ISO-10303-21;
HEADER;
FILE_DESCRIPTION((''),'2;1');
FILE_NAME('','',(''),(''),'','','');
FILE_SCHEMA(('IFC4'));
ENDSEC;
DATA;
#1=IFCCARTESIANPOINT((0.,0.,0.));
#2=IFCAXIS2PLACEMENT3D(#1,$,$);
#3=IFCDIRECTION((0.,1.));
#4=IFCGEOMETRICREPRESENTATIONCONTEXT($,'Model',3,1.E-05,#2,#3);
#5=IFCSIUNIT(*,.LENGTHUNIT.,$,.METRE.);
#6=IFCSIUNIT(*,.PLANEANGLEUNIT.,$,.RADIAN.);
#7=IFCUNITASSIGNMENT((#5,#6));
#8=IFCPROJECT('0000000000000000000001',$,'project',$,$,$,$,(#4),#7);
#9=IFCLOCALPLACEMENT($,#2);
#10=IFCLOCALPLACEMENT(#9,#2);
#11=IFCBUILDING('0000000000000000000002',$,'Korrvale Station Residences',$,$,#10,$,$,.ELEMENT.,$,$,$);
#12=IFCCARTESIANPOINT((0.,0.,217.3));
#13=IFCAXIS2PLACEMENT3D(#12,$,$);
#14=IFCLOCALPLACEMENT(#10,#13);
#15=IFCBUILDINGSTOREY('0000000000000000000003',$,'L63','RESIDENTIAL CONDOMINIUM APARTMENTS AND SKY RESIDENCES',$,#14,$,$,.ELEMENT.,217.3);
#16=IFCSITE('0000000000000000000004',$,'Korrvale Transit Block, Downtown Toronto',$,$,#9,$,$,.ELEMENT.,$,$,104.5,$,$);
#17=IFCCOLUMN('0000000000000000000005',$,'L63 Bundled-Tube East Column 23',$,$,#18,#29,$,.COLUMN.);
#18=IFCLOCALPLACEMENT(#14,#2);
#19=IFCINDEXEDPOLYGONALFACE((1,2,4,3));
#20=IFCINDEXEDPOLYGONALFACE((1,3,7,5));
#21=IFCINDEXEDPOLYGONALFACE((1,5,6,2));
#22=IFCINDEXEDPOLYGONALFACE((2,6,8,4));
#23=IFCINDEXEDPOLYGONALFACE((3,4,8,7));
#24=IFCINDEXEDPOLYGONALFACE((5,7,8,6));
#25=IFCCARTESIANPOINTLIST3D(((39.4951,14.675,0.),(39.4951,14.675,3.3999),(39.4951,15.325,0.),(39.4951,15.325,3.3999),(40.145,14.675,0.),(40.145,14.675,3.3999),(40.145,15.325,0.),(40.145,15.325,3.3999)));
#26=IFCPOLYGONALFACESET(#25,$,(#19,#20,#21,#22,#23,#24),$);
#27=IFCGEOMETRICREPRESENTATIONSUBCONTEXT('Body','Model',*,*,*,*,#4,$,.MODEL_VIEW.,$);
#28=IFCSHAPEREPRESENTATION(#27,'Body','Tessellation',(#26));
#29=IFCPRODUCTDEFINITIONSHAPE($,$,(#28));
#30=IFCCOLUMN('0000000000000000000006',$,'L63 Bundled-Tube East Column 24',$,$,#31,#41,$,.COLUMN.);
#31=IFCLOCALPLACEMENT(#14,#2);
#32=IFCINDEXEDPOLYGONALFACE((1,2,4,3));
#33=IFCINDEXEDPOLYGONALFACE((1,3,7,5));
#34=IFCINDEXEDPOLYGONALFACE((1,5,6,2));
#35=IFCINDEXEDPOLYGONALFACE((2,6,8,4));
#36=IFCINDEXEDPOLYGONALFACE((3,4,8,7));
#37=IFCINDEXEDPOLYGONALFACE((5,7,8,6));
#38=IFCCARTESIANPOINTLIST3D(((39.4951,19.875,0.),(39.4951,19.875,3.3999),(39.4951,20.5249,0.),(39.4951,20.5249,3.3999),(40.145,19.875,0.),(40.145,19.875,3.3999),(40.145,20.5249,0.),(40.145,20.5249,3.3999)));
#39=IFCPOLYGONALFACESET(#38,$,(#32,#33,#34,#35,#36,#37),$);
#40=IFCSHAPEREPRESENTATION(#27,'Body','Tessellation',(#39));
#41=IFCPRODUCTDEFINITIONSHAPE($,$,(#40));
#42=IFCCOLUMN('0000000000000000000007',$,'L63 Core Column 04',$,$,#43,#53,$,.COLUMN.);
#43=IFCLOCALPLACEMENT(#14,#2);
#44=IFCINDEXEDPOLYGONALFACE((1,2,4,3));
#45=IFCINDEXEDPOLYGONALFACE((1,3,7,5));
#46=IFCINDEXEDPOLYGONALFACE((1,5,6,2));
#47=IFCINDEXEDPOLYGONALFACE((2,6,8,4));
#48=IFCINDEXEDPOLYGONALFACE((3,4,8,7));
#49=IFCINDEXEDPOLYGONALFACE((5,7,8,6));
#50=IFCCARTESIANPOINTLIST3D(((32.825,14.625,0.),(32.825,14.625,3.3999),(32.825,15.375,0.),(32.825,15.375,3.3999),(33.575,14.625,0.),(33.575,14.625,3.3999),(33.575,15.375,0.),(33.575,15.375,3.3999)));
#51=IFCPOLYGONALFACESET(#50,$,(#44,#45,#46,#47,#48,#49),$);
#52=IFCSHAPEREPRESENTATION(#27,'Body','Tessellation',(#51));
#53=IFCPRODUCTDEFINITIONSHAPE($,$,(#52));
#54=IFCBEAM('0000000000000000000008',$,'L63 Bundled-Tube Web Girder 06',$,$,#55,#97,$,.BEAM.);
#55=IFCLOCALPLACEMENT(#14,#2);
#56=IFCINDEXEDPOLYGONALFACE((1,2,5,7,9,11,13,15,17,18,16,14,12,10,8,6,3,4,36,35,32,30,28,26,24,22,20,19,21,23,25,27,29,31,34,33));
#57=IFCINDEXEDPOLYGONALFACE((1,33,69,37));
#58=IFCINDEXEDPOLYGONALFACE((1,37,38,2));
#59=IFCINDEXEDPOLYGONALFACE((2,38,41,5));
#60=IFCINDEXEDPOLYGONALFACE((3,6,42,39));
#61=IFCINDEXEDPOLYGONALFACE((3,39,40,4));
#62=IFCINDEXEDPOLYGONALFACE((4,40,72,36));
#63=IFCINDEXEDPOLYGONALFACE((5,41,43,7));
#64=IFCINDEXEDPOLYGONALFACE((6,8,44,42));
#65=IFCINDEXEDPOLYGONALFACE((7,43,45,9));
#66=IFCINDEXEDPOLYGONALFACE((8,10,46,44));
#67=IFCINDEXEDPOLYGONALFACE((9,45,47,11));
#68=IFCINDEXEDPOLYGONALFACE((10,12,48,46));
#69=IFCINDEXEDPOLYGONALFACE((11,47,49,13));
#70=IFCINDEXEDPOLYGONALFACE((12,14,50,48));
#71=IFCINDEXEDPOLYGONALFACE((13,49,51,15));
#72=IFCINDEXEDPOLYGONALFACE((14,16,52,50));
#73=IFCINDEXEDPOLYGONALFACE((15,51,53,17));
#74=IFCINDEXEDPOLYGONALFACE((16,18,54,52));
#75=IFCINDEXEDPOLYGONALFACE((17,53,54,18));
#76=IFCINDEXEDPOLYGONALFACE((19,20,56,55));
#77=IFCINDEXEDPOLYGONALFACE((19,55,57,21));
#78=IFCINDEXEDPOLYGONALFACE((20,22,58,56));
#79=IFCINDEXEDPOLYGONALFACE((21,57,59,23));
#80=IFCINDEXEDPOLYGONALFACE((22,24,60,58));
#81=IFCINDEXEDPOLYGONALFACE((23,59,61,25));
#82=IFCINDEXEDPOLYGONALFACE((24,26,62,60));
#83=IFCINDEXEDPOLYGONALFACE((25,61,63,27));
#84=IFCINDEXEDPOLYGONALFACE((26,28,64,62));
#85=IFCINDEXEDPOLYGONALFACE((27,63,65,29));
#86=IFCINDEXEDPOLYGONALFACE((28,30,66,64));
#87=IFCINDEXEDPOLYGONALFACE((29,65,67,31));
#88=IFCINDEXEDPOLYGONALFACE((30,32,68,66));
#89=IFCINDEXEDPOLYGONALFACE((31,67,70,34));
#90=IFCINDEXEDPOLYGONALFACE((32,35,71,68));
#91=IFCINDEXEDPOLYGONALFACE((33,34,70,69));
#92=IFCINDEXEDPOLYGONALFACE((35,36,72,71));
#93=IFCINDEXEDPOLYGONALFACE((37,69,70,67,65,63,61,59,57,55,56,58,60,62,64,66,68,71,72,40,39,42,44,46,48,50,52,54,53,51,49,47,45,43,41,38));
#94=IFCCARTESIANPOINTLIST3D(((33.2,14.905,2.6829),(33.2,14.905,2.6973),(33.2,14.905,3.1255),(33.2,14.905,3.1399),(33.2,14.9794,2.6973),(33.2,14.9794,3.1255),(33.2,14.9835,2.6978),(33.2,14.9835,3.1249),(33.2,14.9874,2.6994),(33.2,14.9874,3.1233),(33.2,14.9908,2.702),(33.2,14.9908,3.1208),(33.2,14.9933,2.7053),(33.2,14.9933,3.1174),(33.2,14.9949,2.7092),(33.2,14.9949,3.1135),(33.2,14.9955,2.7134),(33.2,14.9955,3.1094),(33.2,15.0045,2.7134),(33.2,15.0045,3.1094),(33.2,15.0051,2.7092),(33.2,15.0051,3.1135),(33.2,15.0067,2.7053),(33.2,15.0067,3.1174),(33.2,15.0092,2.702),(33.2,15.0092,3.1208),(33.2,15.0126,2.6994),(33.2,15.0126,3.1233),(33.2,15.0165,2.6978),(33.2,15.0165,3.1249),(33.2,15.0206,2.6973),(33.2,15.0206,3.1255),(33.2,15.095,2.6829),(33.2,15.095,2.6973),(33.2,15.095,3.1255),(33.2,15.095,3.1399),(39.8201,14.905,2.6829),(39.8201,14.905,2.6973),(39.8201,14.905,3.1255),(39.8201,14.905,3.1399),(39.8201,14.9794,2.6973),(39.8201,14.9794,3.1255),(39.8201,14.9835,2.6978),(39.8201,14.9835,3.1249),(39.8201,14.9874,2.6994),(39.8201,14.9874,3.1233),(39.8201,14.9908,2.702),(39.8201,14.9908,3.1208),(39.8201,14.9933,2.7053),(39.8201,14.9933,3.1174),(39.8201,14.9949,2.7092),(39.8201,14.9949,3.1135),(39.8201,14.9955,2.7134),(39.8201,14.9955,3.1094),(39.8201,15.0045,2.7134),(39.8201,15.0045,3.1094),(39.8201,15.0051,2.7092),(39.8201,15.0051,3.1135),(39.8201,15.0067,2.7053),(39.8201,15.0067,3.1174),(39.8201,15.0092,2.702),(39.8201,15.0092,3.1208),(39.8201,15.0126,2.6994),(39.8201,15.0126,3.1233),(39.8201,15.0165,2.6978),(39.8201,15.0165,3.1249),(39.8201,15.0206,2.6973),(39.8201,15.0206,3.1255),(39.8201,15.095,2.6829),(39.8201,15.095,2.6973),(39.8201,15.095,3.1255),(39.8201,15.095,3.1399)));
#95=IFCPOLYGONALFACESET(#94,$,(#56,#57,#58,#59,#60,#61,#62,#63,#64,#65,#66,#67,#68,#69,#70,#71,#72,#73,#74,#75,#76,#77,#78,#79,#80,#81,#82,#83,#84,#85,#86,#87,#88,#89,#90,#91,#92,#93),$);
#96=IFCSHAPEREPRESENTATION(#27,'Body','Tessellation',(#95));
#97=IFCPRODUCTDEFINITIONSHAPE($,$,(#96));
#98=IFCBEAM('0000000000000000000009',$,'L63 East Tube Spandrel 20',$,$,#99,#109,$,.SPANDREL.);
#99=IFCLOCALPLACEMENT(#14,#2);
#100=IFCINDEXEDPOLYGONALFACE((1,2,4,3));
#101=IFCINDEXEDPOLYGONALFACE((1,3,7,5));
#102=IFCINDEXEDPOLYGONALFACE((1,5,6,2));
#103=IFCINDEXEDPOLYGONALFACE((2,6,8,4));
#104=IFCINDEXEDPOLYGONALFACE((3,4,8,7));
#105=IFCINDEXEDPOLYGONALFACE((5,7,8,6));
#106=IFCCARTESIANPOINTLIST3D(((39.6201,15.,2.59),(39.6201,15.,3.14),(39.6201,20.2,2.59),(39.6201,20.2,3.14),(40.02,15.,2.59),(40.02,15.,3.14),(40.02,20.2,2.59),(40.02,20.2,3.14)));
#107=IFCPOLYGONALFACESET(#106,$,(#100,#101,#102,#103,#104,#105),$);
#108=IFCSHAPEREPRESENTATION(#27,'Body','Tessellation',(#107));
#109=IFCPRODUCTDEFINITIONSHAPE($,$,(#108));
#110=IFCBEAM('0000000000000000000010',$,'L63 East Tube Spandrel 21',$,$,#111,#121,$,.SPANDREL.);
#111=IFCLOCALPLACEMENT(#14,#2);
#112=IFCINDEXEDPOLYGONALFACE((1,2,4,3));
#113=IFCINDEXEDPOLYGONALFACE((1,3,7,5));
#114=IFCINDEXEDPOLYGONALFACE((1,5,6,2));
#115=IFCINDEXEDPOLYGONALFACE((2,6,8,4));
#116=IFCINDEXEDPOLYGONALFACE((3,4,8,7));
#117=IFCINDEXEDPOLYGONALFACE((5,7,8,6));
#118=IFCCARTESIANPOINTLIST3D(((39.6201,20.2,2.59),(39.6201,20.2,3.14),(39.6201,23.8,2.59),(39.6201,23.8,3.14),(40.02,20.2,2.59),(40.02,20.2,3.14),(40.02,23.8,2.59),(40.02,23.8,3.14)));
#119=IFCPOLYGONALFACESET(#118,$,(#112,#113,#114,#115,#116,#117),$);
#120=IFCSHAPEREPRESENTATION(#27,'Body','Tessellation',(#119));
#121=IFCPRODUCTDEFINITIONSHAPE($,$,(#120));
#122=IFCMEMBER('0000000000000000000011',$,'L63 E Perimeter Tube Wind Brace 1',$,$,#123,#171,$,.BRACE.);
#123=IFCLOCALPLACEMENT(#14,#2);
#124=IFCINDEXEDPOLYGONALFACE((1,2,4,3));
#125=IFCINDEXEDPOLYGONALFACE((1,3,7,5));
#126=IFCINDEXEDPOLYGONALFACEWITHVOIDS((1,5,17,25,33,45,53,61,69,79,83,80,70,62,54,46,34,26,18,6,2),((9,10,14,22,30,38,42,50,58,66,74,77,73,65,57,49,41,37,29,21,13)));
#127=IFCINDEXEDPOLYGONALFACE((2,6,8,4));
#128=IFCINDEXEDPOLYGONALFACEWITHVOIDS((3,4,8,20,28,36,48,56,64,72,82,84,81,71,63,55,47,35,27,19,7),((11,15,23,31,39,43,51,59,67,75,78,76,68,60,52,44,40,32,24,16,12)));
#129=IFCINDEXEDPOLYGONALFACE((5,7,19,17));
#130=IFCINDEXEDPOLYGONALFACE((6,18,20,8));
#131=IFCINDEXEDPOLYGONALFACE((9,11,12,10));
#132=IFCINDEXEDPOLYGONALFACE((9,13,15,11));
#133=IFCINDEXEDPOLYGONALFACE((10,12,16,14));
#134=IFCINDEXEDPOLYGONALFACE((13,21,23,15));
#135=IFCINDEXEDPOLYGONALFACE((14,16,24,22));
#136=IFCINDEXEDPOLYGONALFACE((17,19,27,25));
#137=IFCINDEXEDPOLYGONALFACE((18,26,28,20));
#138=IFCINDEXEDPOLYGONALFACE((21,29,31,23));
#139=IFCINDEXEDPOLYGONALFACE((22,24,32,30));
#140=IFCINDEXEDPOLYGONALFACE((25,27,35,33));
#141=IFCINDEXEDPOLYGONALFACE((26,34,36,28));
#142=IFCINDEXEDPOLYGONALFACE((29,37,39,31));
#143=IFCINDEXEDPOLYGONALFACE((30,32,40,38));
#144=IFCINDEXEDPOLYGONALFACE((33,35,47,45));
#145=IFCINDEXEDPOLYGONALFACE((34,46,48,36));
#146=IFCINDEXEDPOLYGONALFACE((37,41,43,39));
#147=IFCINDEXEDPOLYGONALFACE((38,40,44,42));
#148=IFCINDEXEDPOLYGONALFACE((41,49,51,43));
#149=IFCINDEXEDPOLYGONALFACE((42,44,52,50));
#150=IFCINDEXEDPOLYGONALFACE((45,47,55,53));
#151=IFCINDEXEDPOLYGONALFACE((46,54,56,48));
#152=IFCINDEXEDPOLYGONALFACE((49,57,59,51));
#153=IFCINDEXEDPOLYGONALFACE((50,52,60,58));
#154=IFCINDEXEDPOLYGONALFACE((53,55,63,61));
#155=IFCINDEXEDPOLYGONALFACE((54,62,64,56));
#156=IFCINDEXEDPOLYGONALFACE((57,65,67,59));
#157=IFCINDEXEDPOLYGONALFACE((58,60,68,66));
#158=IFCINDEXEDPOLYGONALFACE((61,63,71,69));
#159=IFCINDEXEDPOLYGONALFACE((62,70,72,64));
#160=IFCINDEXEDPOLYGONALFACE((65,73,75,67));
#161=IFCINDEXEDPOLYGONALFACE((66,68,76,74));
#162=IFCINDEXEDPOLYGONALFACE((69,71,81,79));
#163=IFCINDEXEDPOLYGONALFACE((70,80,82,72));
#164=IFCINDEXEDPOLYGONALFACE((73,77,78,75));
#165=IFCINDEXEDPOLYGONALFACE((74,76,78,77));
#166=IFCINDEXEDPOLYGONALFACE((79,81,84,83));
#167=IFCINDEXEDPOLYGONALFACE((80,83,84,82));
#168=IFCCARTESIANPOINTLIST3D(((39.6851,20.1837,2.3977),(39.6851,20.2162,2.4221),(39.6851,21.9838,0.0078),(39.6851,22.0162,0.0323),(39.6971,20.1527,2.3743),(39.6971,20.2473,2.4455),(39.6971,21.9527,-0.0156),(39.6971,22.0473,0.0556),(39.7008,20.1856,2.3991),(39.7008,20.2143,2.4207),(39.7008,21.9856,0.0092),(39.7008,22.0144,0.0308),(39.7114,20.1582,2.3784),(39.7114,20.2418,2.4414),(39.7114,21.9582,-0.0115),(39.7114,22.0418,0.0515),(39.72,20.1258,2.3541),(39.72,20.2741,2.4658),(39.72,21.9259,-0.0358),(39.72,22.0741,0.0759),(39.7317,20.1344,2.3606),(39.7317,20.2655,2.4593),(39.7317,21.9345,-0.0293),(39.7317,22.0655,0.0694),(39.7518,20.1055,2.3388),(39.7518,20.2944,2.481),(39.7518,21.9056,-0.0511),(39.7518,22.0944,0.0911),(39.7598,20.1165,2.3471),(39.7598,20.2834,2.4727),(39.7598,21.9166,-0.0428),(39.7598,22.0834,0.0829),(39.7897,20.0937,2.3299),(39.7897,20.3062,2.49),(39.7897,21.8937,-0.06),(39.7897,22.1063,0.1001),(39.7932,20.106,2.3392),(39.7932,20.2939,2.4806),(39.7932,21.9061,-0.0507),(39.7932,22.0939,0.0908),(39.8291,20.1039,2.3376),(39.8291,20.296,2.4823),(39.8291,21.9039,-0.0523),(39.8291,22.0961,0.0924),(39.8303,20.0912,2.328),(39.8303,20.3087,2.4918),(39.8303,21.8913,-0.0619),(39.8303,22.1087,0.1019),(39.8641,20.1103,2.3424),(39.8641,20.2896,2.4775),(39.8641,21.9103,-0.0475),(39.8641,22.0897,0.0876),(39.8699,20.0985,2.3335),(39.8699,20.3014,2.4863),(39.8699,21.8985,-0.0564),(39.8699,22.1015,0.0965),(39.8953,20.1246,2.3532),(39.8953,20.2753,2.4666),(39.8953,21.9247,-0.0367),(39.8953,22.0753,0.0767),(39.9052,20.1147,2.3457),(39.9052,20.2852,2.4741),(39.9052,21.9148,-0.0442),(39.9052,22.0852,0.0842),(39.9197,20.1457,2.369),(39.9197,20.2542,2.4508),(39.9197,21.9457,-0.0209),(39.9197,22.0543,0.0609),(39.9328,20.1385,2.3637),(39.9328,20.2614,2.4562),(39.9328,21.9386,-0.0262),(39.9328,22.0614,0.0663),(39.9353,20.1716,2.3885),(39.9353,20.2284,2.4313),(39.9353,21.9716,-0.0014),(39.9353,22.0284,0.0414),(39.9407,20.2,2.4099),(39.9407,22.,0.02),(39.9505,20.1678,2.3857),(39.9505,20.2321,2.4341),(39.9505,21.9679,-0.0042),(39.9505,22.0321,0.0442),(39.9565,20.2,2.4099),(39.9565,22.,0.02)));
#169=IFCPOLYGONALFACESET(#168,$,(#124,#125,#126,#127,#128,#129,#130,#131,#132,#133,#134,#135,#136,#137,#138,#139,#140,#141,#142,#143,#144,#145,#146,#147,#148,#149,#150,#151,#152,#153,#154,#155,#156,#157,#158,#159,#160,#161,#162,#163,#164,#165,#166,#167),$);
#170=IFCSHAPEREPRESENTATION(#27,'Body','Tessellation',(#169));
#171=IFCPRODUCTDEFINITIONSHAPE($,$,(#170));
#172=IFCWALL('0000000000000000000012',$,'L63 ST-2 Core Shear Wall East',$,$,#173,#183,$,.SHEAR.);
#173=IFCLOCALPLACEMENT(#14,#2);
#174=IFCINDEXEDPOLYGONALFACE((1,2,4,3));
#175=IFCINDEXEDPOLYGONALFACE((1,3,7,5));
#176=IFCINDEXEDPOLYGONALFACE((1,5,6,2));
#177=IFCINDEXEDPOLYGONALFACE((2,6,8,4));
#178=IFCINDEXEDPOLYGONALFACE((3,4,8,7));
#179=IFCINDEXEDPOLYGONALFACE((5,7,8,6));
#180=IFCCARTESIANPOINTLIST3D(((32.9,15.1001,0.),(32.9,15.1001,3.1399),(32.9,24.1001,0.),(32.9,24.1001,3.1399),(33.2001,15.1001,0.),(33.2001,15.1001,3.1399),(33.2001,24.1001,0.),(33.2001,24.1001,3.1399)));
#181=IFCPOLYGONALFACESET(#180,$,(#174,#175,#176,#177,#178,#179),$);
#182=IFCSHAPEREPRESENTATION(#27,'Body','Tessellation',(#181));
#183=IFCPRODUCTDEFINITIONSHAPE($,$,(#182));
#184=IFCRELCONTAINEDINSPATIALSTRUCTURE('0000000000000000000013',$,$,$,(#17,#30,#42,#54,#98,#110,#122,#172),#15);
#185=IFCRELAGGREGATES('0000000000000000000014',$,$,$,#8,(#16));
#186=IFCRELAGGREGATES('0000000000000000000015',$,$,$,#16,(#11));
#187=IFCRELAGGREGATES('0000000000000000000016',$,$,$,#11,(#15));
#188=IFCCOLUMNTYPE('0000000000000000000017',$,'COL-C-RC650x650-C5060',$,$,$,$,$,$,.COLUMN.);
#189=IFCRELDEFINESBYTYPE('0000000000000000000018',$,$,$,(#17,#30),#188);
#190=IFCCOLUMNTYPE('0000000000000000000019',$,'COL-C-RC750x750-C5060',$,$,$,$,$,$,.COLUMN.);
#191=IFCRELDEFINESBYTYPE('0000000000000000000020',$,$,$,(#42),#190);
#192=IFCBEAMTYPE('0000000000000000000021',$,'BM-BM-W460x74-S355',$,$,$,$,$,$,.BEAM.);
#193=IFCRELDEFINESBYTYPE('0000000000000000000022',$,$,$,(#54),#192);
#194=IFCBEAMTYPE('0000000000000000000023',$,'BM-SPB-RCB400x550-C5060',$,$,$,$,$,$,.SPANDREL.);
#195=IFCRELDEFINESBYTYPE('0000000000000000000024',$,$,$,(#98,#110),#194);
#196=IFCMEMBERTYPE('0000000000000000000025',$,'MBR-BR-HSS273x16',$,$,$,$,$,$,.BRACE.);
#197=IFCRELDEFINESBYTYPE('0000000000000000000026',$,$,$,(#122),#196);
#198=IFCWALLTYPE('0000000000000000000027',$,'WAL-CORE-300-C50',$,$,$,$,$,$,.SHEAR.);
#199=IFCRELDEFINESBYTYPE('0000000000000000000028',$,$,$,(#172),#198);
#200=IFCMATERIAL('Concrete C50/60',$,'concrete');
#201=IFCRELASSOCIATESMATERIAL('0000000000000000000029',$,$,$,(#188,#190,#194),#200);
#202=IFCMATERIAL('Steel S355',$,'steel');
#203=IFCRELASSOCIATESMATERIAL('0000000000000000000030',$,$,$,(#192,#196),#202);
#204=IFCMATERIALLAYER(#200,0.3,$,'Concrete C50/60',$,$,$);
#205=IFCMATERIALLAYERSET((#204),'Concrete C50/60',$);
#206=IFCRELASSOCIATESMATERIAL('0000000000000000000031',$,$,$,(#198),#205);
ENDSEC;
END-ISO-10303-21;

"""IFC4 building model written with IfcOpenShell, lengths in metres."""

from ifc_helpers import new_model, si_unit, direction, frame, frame_2d, origin, origin_2d, place, context, subcontext, project, spatial, rectangle, hollow_circle, i_section, extrude, material, layer, layer_set, material_profile, profile_set, type_object, element, save


model = new_model("IFC4")

# Units and contexts
model_context = context("Model", 3, precision=1e-05, world=origin(), true_north=direction((0.0, 1.0)))
body_context = subcontext(model_context, "Body", "Model", "MODEL_VIEW")
ifc_project = project(units=[si_unit("LENGTHUNIT", "METRE"), si_unit("PLANEANGLEUNIT", "RADIAN")], contexts=[model_context])

# Site, building, storey
site_placement = place(None, origin())
site = spatial("IfcSite", under=ifc_project, at=site_placement, Name="Korrvale Transit Block, Downtown Toronto", CompositionType="ELEMENT", RefElevation=104.5)
building_placement = place(site_placement, origin())
building = spatial("IfcBuilding", under=site, at=building_placement, Name="Korrvale Station Residences", CompositionType="ELEMENT")
storey_placement = place(building_placement, frame((0.0, 0.0, 217.3)))
storey = spatial("IfcBuildingStorey", under=building, at=storey_placement, Name="L63", Description="RESIDENTIAL CONDOMINIUM APARTMENTS AND SKY RESIDENCES", CompositionType="ELEMENT", Elevation=217.3)

# Columns
ifc_material_1 = material(Name="Concrete C50/60", Category="concrete")
ifc_material_profile_1 = material_profile(ifc_material_1, rectangle(XDim=0.6499, YDim=0.6499, at=origin_2d()), Name="RC650x650")
ifc_profile_set_1 = profile_set([ifc_material_profile_1], Name="Concrete C50/60")
column_type_1 = type_object("IfcColumnType", Name="COL-C-RC650x650-C5060", PredefinedType="COLUMN", material=ifc_profile_set_1)
for number, where, z_axis, x_axis, name in (
    (1, (39.8201, 15.0, 0.0), (0.0, 0.0, 1.0), (1.0, 0.0, 0.0), "L63 Bundled-Tube East Column 23"),
    (2, (39.8201, 20.2, 0.0), (0.0, 0.0, 1.0), (1.0, 0.0, 0.0), "L63 Bundled-Tube East Column 24"),
):
    element("IfcColumn", number, at=place(storey_placement, frame(where, z_axis=z_axis, x_axis=x_axis)), inside=storey, type_object=column_type_1, Name=name, PredefinedType="COLUMN", context=body_context, shape_type="SweptSolid", body=[
        extrude(rectangle(XDim=0.6499, YDim=0.6499, at=origin_2d()), origin(), (0.0, 0.0, 1.0), 3.3999),
    ])
ifc_material_profile_2 = material_profile(ifc_material_1, rectangle(XDim=0.75, YDim=0.75, at=origin_2d()), Name="RC750x750")
ifc_profile_set_2 = profile_set([ifc_material_profile_2], Name="Concrete C50/60")
column_type_2 = type_object("IfcColumnType", Name="COL-C-RC750x750-C5060", PredefinedType="COLUMN", material=ifc_profile_set_2)
column_placement = place(storey_placement, frame((33.2, 15.0, 0.0), z_axis=(0.0, 0.0, 1.0), x_axis=(1.0, 0.0, 0.0)))
element("IfcColumn", 3, at=column_placement, inside=storey, type_object=column_type_2, Name="L63 Core Column 04", PredefinedType="COLUMN", context=body_context, shape_type="SweptSolid", body=[
    extrude(rectangle(XDim=0.75, YDim=0.75, at=origin_2d()), origin(), (0.0, 0.0, 1.0), 3.3999),
])

# Beams
ifc_material_2 = material(Name="Steel S355", Category="steel")
ifc_material_profile_3 = material_profile(ifc_material_2, i_section(OverallWidth=0.1899, OverallDepth=0.457, WebThickness=0.009, FlangeThickness=0.0144, FilletRadius=0.0161, at=origin_2d()), Name="W460x74")
ifc_profile_set_3 = profile_set([ifc_material_profile_3], Name="Steel S355")
beam_type_1 = type_object("IfcBeamType", Name="BM-BM-W460x74-S355", PredefinedType="BEAM", material=ifc_profile_set_3)
beam_1_placement = place(storey_placement, frame((33.2, 15.0, 2.9114), z_axis=(1.0, 0.0, 0.0), x_axis=(0.0, 1.0, 0.0)))
element("IfcBeam", 4, at=beam_1_placement, inside=storey, type_object=beam_type_1, Name="L63 Bundled-Tube Web Girder 06", PredefinedType="BEAM", context=body_context, shape_type="SweptSolid", body=[
    extrude(i_section(OverallWidth=0.1899, OverallDepth=0.457, WebThickness=0.009, FlangeThickness=0.0144, FilletRadius=0.0161, at=origin_2d()), origin(), (0.0, 0.0, 1.0), 6.6201),
])
ifc_material_profile_4 = material_profile(ifc_material_1, rectangle(XDim=0.3999, YDim=0.55, at=origin_2d()), Name="RCB400x550")
ifc_profile_set_4 = profile_set([ifc_material_profile_4], Name="Concrete C50/60")
beam_type_2 = type_object("IfcBeamType", Name="BM-SPB-RCB400x550-C5060", PredefinedType="SPANDREL", material=ifc_profile_set_4)
beam_2_placement = place(storey_placement, frame((39.8201, 15.0, 2.865), z_axis=(0.0, 1.0, 0.0), x_axis=(-1.0, 0.0, 0.0)))
element("IfcBeam", 5, at=beam_2_placement, inside=storey, type_object=beam_type_2, Name="L63 East Tube Spandrel 20", PredefinedType="SPANDREL", context=body_context, shape_type="SweptSolid", body=[
    extrude(rectangle(XDim=0.3999, YDim=0.55, at=origin_2d()), origin(), (0.0, 0.0, 1.0), 5.2),
])
beam_3_placement = place(storey_placement, frame((39.8201, 20.2, 2.865), z_axis=(0.0, 1.0, 0.0), x_axis=(-1.0, 0.0, 0.0)))
element("IfcBeam", 6, at=beam_3_placement, inside=storey, type_object=beam_type_2, Name="L63 East Tube Spandrel 21", PredefinedType="SPANDREL", context=body_context, shape_type="SweptSolid", body=[
    extrude(rectangle(XDim=0.3999, YDim=0.55, at=origin_2d()), origin(), (0.0, 0.0, 1.0), 3.6001),
])

# Member
ifc_material_profile_5 = material_profile(ifc_material_2, hollow_circle(Radius=0.1365, WallThickness=0.0159, at=origin_2d()), Name="HSS273x16")
ifc_profile_set_5 = profile_set([ifc_material_profile_5], Name="Steel S355")
member_type = type_object("IfcMemberType", Name="MBR-BR-HSS273x16", PredefinedType="BRACE", material=ifc_profile_set_5)
member_placement = place(storey_placement, frame((39.8201, 22.0, 0.02), z_axis=(0.0, -0.601631, 0.798774), x_axis=(1.0, 0.0, 0.0)))
element("IfcMember", 7, at=member_placement, inside=storey, type_object=member_type, Name="L63 E Perimeter Tube Wind Brace 1", PredefinedType="BRACE", context=body_context, shape_type="SweptSolid", body=[
    extrude(hollow_circle(Radius=0.1365, WallThickness=0.0159, at=origin_2d()), origin(), (0.0, 0.0, 1.0), 2.9919),
])

# Wall
ifc_layer_1 = layer(ifc_material_1, 0.3, Name="Concrete C50/60")
ifc_layer_set_1 = layer_set([ifc_layer_1], Name="Concrete C50/60")
wall_type_1 = type_object("IfcWallType", Name="WAL-CORE-300-C50", PredefinedType="SHEAR", material=ifc_layer_set_1)
wall_1_placement = place(storey_placement, frame((33.05, 15.1001, 0.0), z_axis=(0.0, 0.0, 1.0), x_axis=(0.0, 1.0, 0.0)))
element("IfcWall", 8, at=wall_1_placement, inside=storey, type_object=wall_type_1, Name="L63 ST-2 Core Shear Wall East", PredefinedType="SHEAR", context=body_context, shape_type="SweptSolid", body=[
    extrude(rectangle(XDim=9.0, YDim=0.3, at=frame_2d((4.5, 0.0))), origin(), (0.0, 0.0, 1.0), 3.1399),
])

save(model, "model.ifc")
